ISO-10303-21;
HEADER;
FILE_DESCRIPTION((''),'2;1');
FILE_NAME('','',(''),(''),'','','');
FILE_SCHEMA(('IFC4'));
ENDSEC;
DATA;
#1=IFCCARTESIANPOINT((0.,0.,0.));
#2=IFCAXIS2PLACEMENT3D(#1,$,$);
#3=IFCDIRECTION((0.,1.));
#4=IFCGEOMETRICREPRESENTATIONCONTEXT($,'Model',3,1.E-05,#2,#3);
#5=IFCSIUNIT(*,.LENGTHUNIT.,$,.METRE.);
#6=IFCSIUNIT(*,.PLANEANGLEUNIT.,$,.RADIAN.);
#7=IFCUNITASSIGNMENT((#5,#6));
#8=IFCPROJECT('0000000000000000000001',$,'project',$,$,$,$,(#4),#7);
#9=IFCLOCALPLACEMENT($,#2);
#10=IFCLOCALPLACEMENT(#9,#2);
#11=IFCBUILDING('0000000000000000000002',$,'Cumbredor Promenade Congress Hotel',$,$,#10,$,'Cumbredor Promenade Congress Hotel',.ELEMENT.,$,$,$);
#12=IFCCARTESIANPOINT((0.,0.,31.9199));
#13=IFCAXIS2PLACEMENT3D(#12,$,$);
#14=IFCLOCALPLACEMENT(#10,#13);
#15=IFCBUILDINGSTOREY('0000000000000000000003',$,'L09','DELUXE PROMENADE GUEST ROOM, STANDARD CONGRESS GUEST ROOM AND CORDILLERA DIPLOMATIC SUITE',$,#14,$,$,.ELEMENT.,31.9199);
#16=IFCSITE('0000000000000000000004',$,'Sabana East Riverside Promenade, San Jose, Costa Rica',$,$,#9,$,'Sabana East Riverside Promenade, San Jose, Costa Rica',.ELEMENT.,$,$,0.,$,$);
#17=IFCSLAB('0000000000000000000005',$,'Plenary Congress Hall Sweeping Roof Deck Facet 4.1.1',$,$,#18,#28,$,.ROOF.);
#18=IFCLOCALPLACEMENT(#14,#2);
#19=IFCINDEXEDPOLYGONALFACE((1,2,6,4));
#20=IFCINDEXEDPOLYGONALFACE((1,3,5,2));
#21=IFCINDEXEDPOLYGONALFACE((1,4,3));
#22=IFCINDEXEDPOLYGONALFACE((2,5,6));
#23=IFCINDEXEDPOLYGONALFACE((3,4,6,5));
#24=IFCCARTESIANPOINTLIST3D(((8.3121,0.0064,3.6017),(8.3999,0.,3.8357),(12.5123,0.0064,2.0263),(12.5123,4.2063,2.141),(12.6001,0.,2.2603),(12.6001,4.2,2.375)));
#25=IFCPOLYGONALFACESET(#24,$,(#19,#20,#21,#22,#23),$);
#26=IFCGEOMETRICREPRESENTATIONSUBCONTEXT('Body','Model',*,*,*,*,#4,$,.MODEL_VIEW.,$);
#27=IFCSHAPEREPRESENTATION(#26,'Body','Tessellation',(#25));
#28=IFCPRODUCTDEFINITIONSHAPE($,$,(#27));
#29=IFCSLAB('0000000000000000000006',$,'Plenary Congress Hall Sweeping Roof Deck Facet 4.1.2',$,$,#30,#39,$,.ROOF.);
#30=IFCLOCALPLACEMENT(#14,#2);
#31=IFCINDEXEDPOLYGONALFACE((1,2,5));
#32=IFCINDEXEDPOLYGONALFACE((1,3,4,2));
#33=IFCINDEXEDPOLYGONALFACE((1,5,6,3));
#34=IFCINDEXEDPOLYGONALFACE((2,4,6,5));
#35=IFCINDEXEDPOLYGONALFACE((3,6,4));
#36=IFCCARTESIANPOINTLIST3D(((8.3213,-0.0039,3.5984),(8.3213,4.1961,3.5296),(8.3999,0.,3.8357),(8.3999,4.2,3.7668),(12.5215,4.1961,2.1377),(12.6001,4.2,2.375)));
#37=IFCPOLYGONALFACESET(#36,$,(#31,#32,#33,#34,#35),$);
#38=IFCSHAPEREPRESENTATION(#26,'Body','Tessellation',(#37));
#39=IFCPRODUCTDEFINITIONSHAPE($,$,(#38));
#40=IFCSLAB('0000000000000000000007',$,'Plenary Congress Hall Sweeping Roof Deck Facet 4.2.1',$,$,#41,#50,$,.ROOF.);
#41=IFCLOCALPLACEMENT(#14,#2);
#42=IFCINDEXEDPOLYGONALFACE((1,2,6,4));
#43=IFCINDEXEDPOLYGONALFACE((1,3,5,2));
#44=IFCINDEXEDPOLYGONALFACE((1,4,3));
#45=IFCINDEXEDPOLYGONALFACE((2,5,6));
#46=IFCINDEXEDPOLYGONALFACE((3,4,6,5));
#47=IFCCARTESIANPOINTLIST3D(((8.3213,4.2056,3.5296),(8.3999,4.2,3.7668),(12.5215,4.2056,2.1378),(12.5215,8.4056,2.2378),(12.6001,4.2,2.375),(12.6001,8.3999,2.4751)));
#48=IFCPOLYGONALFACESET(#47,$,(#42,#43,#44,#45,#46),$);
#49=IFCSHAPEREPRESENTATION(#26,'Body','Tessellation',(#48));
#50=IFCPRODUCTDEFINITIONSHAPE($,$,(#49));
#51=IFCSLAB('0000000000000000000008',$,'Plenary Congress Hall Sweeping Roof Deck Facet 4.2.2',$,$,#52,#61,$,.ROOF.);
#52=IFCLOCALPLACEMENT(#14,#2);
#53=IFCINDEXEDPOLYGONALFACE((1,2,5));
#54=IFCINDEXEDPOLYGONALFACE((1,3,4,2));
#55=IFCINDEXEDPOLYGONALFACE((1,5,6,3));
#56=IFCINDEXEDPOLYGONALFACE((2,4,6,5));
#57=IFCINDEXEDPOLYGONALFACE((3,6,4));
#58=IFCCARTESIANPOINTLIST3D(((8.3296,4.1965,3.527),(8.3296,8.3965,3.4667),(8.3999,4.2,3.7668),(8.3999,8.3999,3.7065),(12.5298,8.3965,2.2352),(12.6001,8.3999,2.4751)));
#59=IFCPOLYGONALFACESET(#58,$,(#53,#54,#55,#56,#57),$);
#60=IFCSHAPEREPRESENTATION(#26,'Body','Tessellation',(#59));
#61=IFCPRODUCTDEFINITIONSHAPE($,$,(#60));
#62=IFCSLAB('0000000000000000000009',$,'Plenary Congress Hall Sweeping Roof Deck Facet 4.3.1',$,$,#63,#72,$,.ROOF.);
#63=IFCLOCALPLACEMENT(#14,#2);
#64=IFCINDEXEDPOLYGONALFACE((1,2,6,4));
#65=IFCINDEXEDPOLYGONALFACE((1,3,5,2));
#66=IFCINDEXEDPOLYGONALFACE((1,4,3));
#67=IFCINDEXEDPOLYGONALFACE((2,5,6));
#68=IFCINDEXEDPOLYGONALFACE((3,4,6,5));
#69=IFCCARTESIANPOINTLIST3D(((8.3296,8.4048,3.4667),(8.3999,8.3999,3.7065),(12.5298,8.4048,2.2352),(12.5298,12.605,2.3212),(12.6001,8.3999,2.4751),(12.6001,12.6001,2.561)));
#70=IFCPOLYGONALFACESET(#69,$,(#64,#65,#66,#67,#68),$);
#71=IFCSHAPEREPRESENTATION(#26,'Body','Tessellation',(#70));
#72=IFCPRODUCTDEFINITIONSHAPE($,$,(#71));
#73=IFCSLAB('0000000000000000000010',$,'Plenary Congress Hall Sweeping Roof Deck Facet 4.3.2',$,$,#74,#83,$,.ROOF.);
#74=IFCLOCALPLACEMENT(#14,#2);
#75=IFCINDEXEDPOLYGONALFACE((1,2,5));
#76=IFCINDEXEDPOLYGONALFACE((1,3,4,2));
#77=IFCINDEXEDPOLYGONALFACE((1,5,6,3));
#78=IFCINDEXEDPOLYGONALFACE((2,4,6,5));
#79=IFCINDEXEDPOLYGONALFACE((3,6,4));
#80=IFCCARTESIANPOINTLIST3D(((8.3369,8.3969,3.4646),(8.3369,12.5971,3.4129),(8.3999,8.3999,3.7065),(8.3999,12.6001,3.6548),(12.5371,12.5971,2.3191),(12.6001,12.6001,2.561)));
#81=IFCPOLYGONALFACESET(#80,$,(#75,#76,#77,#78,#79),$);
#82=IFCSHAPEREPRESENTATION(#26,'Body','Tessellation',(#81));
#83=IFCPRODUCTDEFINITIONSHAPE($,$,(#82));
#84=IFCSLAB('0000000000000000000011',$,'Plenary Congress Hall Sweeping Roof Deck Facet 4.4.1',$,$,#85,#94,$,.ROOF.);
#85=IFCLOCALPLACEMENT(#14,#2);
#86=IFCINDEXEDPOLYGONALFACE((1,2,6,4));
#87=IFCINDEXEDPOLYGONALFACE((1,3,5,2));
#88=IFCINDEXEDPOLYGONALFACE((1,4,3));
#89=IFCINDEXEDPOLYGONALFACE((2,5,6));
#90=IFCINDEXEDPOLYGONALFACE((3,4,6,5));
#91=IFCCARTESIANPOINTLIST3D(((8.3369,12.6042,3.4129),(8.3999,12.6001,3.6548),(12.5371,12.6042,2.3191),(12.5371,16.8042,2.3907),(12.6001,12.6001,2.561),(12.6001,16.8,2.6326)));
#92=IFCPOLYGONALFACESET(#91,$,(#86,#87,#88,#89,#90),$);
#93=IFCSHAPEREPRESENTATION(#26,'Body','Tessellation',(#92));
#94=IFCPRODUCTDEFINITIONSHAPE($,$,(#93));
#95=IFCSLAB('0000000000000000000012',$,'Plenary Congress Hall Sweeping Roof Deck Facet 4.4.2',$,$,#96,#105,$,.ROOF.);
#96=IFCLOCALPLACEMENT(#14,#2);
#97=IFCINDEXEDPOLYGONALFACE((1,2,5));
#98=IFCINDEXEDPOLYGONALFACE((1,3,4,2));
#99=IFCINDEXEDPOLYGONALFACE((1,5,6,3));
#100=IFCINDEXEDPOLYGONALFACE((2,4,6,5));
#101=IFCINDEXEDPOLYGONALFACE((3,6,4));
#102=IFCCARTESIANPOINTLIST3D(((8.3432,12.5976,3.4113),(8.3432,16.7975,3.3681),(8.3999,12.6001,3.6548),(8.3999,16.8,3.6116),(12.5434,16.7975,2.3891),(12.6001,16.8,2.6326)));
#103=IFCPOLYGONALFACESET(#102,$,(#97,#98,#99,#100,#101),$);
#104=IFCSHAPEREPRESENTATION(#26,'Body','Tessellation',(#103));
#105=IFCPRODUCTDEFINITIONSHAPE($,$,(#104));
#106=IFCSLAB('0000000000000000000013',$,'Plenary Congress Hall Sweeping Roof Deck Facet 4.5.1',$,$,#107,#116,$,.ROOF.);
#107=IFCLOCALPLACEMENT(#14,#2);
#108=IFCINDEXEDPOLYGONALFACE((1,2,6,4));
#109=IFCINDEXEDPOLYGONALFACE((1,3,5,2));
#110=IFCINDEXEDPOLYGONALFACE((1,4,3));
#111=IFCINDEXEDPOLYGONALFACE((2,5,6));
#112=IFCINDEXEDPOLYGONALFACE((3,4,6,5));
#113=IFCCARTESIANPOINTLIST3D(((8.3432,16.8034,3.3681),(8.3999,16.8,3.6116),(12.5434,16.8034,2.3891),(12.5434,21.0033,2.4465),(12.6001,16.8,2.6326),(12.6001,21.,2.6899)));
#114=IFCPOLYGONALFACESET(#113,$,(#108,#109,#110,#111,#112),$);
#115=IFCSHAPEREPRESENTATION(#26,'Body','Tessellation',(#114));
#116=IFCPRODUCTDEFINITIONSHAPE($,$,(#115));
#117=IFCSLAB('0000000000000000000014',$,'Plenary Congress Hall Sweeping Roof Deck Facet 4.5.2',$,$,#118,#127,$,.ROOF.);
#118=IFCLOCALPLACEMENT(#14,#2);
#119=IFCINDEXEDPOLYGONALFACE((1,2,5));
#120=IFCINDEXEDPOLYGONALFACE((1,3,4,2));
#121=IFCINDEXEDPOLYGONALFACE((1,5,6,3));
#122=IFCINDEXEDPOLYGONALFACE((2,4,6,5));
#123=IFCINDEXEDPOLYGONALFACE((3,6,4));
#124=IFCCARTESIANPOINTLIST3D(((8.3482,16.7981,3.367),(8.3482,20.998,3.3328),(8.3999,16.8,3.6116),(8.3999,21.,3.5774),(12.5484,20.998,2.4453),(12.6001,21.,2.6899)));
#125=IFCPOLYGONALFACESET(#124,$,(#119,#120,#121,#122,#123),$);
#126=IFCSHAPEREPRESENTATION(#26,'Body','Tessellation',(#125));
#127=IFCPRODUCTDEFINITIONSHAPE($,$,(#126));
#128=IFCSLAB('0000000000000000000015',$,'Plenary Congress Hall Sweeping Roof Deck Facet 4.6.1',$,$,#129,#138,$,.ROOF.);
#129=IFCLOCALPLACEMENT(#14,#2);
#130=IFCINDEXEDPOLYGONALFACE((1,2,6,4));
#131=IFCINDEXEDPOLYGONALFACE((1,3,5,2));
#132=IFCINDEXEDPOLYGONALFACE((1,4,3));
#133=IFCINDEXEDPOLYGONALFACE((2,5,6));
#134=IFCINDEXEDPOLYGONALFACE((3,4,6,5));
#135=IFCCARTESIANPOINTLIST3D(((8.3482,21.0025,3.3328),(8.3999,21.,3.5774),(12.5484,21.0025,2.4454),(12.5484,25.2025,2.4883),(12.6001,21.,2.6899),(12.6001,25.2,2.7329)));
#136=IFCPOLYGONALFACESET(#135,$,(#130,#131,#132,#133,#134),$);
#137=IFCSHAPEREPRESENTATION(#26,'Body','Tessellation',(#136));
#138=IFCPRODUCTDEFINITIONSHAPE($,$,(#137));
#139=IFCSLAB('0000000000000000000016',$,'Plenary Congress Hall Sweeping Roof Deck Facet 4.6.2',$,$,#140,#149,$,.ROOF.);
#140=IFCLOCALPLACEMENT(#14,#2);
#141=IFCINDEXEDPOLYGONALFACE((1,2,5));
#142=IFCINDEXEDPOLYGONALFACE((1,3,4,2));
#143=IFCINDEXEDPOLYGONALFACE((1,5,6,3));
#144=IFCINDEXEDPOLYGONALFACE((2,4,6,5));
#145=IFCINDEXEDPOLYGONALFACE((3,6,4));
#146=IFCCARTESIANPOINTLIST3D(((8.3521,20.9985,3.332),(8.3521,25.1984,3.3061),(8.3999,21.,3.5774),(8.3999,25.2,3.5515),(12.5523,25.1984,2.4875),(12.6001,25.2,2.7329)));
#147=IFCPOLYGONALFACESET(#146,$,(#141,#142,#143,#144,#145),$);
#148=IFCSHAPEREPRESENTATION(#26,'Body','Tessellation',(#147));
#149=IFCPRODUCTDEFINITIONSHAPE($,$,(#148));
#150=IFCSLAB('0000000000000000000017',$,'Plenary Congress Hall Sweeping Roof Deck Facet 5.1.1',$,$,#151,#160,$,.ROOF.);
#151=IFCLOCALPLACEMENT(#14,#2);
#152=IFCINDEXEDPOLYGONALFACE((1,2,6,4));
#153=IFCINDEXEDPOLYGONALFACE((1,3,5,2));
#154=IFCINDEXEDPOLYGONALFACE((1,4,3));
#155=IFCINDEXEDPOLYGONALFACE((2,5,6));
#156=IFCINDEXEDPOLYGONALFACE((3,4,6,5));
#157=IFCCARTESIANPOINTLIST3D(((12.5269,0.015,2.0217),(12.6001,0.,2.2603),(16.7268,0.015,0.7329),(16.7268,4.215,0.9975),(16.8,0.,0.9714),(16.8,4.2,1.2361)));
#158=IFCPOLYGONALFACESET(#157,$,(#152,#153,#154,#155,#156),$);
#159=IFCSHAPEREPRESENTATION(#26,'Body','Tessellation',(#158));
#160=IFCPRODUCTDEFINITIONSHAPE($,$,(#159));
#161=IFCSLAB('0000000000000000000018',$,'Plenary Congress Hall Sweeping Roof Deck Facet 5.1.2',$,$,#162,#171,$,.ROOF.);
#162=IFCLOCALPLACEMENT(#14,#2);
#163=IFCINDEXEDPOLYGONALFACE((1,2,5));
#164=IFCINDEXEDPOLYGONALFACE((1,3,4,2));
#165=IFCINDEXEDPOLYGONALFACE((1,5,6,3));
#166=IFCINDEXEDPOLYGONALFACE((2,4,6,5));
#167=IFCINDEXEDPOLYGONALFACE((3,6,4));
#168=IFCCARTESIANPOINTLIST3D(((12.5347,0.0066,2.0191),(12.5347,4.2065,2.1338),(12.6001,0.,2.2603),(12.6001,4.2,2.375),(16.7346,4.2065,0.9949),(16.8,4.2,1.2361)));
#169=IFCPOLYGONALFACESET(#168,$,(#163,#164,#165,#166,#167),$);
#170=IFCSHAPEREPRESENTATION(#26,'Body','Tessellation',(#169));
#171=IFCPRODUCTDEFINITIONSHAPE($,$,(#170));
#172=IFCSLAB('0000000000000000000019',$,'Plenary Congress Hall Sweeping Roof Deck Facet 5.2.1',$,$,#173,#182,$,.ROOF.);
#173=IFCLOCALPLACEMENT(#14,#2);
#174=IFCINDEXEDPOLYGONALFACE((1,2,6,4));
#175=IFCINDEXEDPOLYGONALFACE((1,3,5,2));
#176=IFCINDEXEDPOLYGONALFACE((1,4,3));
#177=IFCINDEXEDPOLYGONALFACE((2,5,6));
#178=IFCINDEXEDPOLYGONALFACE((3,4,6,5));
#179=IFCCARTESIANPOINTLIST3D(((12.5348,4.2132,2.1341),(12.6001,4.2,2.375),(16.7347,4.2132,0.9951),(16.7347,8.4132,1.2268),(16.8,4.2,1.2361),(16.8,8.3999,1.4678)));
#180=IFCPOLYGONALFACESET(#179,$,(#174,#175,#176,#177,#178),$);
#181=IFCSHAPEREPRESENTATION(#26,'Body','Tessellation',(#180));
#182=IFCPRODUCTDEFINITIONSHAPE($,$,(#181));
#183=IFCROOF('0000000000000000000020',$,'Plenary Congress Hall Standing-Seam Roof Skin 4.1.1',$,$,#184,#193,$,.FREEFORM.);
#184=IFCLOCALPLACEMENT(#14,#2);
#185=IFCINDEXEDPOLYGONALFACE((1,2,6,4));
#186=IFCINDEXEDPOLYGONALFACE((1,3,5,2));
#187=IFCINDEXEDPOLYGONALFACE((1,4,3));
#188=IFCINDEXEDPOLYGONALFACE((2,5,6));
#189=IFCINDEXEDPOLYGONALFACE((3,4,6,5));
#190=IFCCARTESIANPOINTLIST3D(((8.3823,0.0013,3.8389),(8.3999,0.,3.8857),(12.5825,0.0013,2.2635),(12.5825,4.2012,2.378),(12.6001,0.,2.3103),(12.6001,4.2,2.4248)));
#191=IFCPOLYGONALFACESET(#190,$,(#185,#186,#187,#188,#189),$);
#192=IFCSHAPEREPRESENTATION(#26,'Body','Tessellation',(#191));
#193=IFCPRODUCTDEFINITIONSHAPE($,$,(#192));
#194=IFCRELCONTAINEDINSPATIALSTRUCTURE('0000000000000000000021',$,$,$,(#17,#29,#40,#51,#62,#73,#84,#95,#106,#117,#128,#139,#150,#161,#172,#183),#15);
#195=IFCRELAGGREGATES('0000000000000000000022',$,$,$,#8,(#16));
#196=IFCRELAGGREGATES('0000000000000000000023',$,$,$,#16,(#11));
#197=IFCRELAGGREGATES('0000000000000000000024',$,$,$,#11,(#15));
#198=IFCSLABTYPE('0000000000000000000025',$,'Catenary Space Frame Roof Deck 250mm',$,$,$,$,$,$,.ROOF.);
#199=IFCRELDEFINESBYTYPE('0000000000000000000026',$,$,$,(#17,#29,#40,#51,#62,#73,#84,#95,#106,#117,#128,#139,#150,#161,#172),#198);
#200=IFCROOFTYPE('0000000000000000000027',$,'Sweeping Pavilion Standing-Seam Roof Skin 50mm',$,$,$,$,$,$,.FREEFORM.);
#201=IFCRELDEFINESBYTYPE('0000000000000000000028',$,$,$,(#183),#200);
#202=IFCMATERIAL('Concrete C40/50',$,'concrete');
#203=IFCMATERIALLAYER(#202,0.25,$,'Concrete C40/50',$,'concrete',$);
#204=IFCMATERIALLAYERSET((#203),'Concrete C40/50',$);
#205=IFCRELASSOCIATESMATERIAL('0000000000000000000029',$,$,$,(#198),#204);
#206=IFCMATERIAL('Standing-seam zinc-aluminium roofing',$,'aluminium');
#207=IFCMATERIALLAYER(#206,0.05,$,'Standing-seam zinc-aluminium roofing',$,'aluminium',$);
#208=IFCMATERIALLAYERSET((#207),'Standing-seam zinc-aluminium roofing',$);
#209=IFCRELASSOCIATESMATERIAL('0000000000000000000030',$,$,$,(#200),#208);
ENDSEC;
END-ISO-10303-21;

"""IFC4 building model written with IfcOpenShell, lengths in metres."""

from ifc_helpers import new_model, si_unit, direction, frame, origin, place, context, subcontext, project, spatial, polyline, outline, extrude, material, layer, layer_set, type_object, element, save


model = new_model("IFC4")

# Units and contexts
model_context = context("Model", 3, precision=1e-05, world=origin(), true_north=direction((0.0, 1.0)))
body_context = subcontext(model_context, "Body", "Model", "MODEL_VIEW")
ifc_project = project(units=[si_unit("LENGTHUNIT", "METRE"), si_unit("PLANEANGLEUNIT", "RADIAN")], contexts=[model_context])

# Site, building, storey
site_placement = place(None, origin())
site = spatial("IfcSite", under=ifc_project, at=site_placement, Name="Sabana East Riverside Promenade, San Jose, Costa Rica", LongName="Sabana East Riverside Promenade, San Jose, Costa Rica", CompositionType="ELEMENT", RefElevation=0.0)
building_placement = place(site_placement, origin())
building = spatial("IfcBuilding", under=site, at=building_placement, Name="Cumbredor Promenade Congress Hotel", LongName="Cumbredor Promenade Congress Hotel", CompositionType="ELEMENT")
storey_placement = place(building_placement, frame((0.0, 0.0, 31.9199)))
storey = spatial("IfcBuildingStorey", under=building, at=storey_placement, Name="L09", Description="DELUXE PROMENADE GUEST ROOM, STANDARD CONGRESS GUEST ROOM AND CORDILLERA DIPLOMATIC SUITE", CompositionType="ELEMENT", Elevation=31.9199)

# Slabs
ifc_material_1 = material(Name="Concrete C40/50", Category="concrete")
ifc_layer_1 = layer(ifc_material_1, 0.25, Name="Concrete C40/50", Category="concrete")
ifc_layer_set_1 = layer_set([ifc_layer_1], Name="Concrete C40/50")
slab_type = type_object("IfcSlabType", Name="Catenary Space Frame Roof Deck 250mm", PredefinedType="ROOF", material=ifc_layer_set_1)
slab_1_placement = place(storey_placement, frame((8.3999, 0.0, 3.8357), z_axis=(0.35108, -0.025572, 0.935996), x_axis=(0.936302, 0.0, -0.351195)))
element("IfcSlab", 1, at=slab_1_placement, inside=storey, type_object=slab_type, Name="Plenary Congress Hall Sweeping Roof Deck Facet 4.1.1", PredefinedType="ROOF", context=body_context, shape_type="SweptSolid", body=[
    extrude(outline(polyline([(0.0, 0.0), (4.4859, 0.0), (4.4456, 4.2013), (0.0, 0.0)])), origin(), (0.0, 0.0, -1.0), 0.25),
])
slab_2_placement = place(storey_placement, frame((8.3999, 0.0, 3.8357), z_axis=(0.314517, 0.015559, 0.949124), x_axis=(0.686669, 0.686629, -0.238801)))
element("IfcSlab", 2, at=slab_2_placement, inside=storey, type_object=slab_type, Name="Plenary Congress Hall Sweeping Roof Deck Facet 4.1.2", PredefinedType="ROOF", context=body_context, shape_type="SweptSolid", body=[
    extrude(outline(polyline([(0.0, 0.0), (6.1168, 0.0), (2.9002, 3.0386), (0.0, 0.0)])), origin(), (0.0, 0.0, -1.0), 0.25),
])
slab_3_placement = place(storey_placement, frame((8.3999, 4.2, 3.7668), z_axis=(0.314475, -0.022617, 0.948996), x_axis=(0.949239, 0.0, -0.314555)))
element("IfcSlab", 3, at=slab_3_placement, inside=storey, type_object=slab_type, Name="Plenary Congress Hall Sweeping Roof Deck Facet 4.2.1", PredefinedType="ROOF", context=body_context, shape_type="SweptSolid", body=[
    extrude(outline(polyline([(0.0, 0.0), (4.4248, 0.0), (4.3933, 4.201), (0.0, 0.0)])), origin(), (0.0, 0.0, -1.0), 0.25),
])
slab_4_placement = place(storey_placement, frame((8.3999, 4.2, 3.7668), z_axis=(0.281318, 0.013777, 0.959516), x_axis=(0.690976, 0.690936, -0.212506)))
element("IfcSlab", 4, at=slab_4_placement, inside=storey, type_object=slab_type, Name="Plenary Congress Hall Sweeping Roof Deck Facet 4.2.2", PredefinedType="ROOF", context=body_context, shape_type="SweptSolid", body=[
    extrude(outline(polyline([(0.0, 0.0), (6.0786, 0.0), (2.9147, 3.0245), (0.0, 0.0)])), origin(), (0.0, 0.0, -1.0), 0.25),
])
slab_5_placement = place(storey_placement, frame((8.3999, 8.3999, 3.7065), z_axis=(0.281291, -0.01963, 0.959422), x_axis=(0.959607, 0.0, -0.281345)))
element("IfcSlab", 5, at=slab_5_placement, inside=storey, type_object=slab_type, Name="Plenary Congress Hall Sweeping Roof Deck Facet 4.3.1", PredefinedType="ROOF", context=body_context, shape_type="SweptSolid", body=[
    extrude(outline(polyline([(0.0, 0.0), (4.377, 0.0), (4.3528, 4.201), (0.0, 0.0)])), origin(), (0.0, 0.0, -1.0), 0.25),
])
slab_6_placement = place(storey_placement, frame((8.3999, 8.3999, 3.7065), z_axis=(0.251983, 0.011924, 0.967658), x_axis=(0.694314, 0.694314, -0.189358)))
element("IfcSlab", 6, at=slab_6_placement, inside=storey, type_object=slab_type, Name="Plenary Congress Hall Sweeping Roof Deck Facet 4.3.2", PredefinedType="ROOF", context=body_context, shape_type="SweptSolid", body=[
    extrude(outline(polyline([(0.0, 0.0), (6.0494, 0.0), (2.9261, 3.0137), (0.0, 0.0)])), origin(), (0.0, 0.0, -1.0), 0.25),
])
slab_7_placement = place(storey_placement, frame((8.3999, 12.6001, 3.6548), z_axis=(0.251966, -0.01648, 0.967596), x_axis=(0.967727, 0.0, -0.252001)))
element("IfcSlab", 7, at=slab_7_placement, inside=storey, type_object=slab_type, Name="Plenary Congress Hall Sweeping Roof Deck Facet 4.4.1", PredefinedType="ROOF", context=body_context, shape_type="SweptSolid", body=[
    extrude(outline(polyline([(0.0, 0.0), (4.3403, 0.0), (4.3222, 4.2005), (0.0, 0.0)])), origin(), (0.0, 0.0, -1.0), 0.25),
])
slab_8_placement = place(storey_placement, frame((8.3999, 12.6001, 3.6548), z_axis=(0.226989, 0.01002, 0.973846), x_axis=(0.696883, 0.696842, -0.169603)))
element("IfcSlab", 8, at=slab_8_placement, inside=storey, type_object=slab_type, Name="Plenary Congress Hall Sweeping Roof Deck Facet 4.4.2", PredefinedType="ROOF", context=body_context, shape_type="SweptSolid", body=[
    extrude(outline(polyline([(0.0, 0.0), (6.0271, 0.0), (2.934, 3.0055), (0.0, 0.0)])), origin(), (0.0, 0.0, -1.0), 0.25),
])
slab_9_placement = place(storey_placement, frame((8.3999, 16.8, 3.6116), z_axis=(0.22698, -0.013303, 0.973808), x_axis=(0.973895, 0.0, -0.227001)))
element("IfcSlab", 9, at=slab_9_placement, inside=storey, type_object=slab_type, Name="Plenary Congress Hall Sweeping Roof Deck Facet 4.5.1", PredefinedType="ROOF", context=body_context, shape_type="SweptSolid", body=[
    extrude(outline(polyline([(0.0, 0.0), (4.3128, 0.0), (4.2998, 4.2003), (0.0, 0.0)])), origin(), (0.0, 0.0, -1.0), 0.25),
])
slab_10_placement = place(storey_placement, frame((8.3999, 16.8, 3.6116), z_axis=(0.206718, 0.007962, 0.978368), x_axis=(0.698766, 0.698725, -0.153327)))
element("IfcSlab", 10, at=slab_10_placement, inside=storey, type_object=slab_type, Name="Plenary Congress Hall Sweeping Roof Deck Facet 4.5.2", PredefinedType="ROOF", context=body_context, shape_type="SweptSolid", body=[
    extrude(outline(polyline([(0.0, 0.0), (6.0109, 0.0), (2.9399, 2.9997), (0.0, 0.0)])), origin(), (0.0, 0.0, -1.0), 0.25),
])
slab_11_placement = place(storey_placement, frame((8.3999, 21.0, 3.5774), z_axis=(0.206714, -0.010009, 0.97835), x_axis=(0.978399, 0.0, -0.206724)))
element("IfcSlab", 11, at=slab_11_placement, inside=storey, type_object=slab_type, Name="Plenary Congress Hall Sweeping Roof Deck Facet 4.6.1", PredefinedType="ROOF", context=body_context, shape_type="SweptSolid", body=[
    extrude(outline(polyline([(0.0, 0.0), (4.2929, 0.0), (4.284, 4.2002), (0.0, 0.0)])), origin(), (0.0, 0.0, -1.0), 0.25),
])
slab_12_placement = place(storey_placement, frame((8.3999, 21.0, 3.5774), z_axis=(0.191294, 0.006048, 0.981514), x_axis=(0.700087, 0.700046, -0.140758)))
element("IfcSlab", 12, at=slab_12_placement, inside=storey, type_object=slab_type, Name="Plenary Congress Hall Sweeping Roof Deck Facet 4.6.2", PredefinedType="ROOF", context=body_context, shape_type="SweptSolid", body=[
    extrude(outline(polyline([(0.0, 0.0), (5.9995, 0.0), (2.9438, 2.9957), (0.0, 0.0)])), origin(), (0.0, 0.0, -1.0), 0.25),
])
slab_13_placement = place(storey_placement, frame((12.6001, 0.0, 2.2603), z_axis=(0.292832, -0.060131, 0.954271), x_axis=(0.956001, 0.0, -0.293363)))
element("IfcSlab", 13, at=slab_13_placement, inside=storey, type_object=slab_type, Name="Plenary Congress Hall Sweeping Roof Deck Facet 5.1.1", PredefinedType="ROOF", context=body_context, shape_type="SweptSolid", body=[
    extrude(outline(polyline([(0.0, 0.0), (4.3932, 0.0), (4.3156, 4.2076), (0.0, 0.0)])), origin(), (0.0, 0.0, -1.0), 0.25),
])
slab_14_placement = place(storey_placement, frame((12.6001, 0.0, 2.2603), z_axis=(0.261631, -0.026359, 0.964808), x_axis=(0.696824, 0.696824, -0.169922)))
element("IfcSlab", 14, at=slab_14_placement, inside=storey, type_object=slab_type, Name="Plenary Congress Hall Sweeping Roof Deck Facet 5.1.2", PredefinedType="ROOF", context=body_context, shape_type="SweptSolid", body=[
    extrude(outline(polyline([(0.0, 0.0), (6.0273, 0.0), (2.9071, 3.0334), (0.0, 0.0)])), origin(), (0.0, 0.0, -1.0), 0.25),
])
slab_15_placement = place(storey_placement, frame((12.6001, 4.2, 2.375), z_axis=(0.261351, -0.053167, 0.963778), x_axis=(0.965143, 0.0, -0.261721)))
element("IfcSlab", 15, at=slab_15_placement, inside=storey, type_object=slab_type, Name="Plenary Congress Hall Sweeping Roof Deck Facet 5.2.1", PredefinedType="ROOF", context=body_context, shape_type="SweptSolid", body=[
    extrude(outline(polyline([(0.0, 0.0), (4.3516, 0.0), (4.291, 4.2059), (0.0, 0.0)])), origin(), (0.0, 0.0, -1.0), 0.25),
])

# Roof
ifc_material_2 = material(Name="Standing-seam zinc-aluminium roofing", Category="aluminium")
ifc_layer_2 = layer(ifc_material_2, 0.05, Name="Standing-seam zinc-aluminium roofing", Category="aluminium")
ifc_layer_set_2 = layer_set([ifc_layer_2], Name="Standing-seam zinc-aluminium roofing")
roof_type = type_object("IfcRoofType", Name="Sweeping Pavilion Standing-Seam Roof Skin 50mm", PredefinedType="FREEFORM", material=ifc_layer_set_2)
roof_1_placement = place(storey_placement, frame((8.3999, 0.0, 3.8857), z_axis=(0.351081, -0.025518, 0.935997), x_axis=(0.936302, 0.0, -0.351195)))
element("IfcRoof", 16, at=roof_1_placement, inside=storey, type_object=roof_type, Name="Plenary Congress Hall Standing-Seam Roof Skin 4.1.1", PredefinedType="FREEFORM", context=body_context, shape_type="SweptSolid", body=[
    extrude(outline(polyline([(0.0, 0.0), (4.4859, 0.0), (4.4457, 4.2013), (0.0, 0.0)])), origin(), (0.0, 0.0, -1.0), 0.05),
])

save(model, "model.ifc")
